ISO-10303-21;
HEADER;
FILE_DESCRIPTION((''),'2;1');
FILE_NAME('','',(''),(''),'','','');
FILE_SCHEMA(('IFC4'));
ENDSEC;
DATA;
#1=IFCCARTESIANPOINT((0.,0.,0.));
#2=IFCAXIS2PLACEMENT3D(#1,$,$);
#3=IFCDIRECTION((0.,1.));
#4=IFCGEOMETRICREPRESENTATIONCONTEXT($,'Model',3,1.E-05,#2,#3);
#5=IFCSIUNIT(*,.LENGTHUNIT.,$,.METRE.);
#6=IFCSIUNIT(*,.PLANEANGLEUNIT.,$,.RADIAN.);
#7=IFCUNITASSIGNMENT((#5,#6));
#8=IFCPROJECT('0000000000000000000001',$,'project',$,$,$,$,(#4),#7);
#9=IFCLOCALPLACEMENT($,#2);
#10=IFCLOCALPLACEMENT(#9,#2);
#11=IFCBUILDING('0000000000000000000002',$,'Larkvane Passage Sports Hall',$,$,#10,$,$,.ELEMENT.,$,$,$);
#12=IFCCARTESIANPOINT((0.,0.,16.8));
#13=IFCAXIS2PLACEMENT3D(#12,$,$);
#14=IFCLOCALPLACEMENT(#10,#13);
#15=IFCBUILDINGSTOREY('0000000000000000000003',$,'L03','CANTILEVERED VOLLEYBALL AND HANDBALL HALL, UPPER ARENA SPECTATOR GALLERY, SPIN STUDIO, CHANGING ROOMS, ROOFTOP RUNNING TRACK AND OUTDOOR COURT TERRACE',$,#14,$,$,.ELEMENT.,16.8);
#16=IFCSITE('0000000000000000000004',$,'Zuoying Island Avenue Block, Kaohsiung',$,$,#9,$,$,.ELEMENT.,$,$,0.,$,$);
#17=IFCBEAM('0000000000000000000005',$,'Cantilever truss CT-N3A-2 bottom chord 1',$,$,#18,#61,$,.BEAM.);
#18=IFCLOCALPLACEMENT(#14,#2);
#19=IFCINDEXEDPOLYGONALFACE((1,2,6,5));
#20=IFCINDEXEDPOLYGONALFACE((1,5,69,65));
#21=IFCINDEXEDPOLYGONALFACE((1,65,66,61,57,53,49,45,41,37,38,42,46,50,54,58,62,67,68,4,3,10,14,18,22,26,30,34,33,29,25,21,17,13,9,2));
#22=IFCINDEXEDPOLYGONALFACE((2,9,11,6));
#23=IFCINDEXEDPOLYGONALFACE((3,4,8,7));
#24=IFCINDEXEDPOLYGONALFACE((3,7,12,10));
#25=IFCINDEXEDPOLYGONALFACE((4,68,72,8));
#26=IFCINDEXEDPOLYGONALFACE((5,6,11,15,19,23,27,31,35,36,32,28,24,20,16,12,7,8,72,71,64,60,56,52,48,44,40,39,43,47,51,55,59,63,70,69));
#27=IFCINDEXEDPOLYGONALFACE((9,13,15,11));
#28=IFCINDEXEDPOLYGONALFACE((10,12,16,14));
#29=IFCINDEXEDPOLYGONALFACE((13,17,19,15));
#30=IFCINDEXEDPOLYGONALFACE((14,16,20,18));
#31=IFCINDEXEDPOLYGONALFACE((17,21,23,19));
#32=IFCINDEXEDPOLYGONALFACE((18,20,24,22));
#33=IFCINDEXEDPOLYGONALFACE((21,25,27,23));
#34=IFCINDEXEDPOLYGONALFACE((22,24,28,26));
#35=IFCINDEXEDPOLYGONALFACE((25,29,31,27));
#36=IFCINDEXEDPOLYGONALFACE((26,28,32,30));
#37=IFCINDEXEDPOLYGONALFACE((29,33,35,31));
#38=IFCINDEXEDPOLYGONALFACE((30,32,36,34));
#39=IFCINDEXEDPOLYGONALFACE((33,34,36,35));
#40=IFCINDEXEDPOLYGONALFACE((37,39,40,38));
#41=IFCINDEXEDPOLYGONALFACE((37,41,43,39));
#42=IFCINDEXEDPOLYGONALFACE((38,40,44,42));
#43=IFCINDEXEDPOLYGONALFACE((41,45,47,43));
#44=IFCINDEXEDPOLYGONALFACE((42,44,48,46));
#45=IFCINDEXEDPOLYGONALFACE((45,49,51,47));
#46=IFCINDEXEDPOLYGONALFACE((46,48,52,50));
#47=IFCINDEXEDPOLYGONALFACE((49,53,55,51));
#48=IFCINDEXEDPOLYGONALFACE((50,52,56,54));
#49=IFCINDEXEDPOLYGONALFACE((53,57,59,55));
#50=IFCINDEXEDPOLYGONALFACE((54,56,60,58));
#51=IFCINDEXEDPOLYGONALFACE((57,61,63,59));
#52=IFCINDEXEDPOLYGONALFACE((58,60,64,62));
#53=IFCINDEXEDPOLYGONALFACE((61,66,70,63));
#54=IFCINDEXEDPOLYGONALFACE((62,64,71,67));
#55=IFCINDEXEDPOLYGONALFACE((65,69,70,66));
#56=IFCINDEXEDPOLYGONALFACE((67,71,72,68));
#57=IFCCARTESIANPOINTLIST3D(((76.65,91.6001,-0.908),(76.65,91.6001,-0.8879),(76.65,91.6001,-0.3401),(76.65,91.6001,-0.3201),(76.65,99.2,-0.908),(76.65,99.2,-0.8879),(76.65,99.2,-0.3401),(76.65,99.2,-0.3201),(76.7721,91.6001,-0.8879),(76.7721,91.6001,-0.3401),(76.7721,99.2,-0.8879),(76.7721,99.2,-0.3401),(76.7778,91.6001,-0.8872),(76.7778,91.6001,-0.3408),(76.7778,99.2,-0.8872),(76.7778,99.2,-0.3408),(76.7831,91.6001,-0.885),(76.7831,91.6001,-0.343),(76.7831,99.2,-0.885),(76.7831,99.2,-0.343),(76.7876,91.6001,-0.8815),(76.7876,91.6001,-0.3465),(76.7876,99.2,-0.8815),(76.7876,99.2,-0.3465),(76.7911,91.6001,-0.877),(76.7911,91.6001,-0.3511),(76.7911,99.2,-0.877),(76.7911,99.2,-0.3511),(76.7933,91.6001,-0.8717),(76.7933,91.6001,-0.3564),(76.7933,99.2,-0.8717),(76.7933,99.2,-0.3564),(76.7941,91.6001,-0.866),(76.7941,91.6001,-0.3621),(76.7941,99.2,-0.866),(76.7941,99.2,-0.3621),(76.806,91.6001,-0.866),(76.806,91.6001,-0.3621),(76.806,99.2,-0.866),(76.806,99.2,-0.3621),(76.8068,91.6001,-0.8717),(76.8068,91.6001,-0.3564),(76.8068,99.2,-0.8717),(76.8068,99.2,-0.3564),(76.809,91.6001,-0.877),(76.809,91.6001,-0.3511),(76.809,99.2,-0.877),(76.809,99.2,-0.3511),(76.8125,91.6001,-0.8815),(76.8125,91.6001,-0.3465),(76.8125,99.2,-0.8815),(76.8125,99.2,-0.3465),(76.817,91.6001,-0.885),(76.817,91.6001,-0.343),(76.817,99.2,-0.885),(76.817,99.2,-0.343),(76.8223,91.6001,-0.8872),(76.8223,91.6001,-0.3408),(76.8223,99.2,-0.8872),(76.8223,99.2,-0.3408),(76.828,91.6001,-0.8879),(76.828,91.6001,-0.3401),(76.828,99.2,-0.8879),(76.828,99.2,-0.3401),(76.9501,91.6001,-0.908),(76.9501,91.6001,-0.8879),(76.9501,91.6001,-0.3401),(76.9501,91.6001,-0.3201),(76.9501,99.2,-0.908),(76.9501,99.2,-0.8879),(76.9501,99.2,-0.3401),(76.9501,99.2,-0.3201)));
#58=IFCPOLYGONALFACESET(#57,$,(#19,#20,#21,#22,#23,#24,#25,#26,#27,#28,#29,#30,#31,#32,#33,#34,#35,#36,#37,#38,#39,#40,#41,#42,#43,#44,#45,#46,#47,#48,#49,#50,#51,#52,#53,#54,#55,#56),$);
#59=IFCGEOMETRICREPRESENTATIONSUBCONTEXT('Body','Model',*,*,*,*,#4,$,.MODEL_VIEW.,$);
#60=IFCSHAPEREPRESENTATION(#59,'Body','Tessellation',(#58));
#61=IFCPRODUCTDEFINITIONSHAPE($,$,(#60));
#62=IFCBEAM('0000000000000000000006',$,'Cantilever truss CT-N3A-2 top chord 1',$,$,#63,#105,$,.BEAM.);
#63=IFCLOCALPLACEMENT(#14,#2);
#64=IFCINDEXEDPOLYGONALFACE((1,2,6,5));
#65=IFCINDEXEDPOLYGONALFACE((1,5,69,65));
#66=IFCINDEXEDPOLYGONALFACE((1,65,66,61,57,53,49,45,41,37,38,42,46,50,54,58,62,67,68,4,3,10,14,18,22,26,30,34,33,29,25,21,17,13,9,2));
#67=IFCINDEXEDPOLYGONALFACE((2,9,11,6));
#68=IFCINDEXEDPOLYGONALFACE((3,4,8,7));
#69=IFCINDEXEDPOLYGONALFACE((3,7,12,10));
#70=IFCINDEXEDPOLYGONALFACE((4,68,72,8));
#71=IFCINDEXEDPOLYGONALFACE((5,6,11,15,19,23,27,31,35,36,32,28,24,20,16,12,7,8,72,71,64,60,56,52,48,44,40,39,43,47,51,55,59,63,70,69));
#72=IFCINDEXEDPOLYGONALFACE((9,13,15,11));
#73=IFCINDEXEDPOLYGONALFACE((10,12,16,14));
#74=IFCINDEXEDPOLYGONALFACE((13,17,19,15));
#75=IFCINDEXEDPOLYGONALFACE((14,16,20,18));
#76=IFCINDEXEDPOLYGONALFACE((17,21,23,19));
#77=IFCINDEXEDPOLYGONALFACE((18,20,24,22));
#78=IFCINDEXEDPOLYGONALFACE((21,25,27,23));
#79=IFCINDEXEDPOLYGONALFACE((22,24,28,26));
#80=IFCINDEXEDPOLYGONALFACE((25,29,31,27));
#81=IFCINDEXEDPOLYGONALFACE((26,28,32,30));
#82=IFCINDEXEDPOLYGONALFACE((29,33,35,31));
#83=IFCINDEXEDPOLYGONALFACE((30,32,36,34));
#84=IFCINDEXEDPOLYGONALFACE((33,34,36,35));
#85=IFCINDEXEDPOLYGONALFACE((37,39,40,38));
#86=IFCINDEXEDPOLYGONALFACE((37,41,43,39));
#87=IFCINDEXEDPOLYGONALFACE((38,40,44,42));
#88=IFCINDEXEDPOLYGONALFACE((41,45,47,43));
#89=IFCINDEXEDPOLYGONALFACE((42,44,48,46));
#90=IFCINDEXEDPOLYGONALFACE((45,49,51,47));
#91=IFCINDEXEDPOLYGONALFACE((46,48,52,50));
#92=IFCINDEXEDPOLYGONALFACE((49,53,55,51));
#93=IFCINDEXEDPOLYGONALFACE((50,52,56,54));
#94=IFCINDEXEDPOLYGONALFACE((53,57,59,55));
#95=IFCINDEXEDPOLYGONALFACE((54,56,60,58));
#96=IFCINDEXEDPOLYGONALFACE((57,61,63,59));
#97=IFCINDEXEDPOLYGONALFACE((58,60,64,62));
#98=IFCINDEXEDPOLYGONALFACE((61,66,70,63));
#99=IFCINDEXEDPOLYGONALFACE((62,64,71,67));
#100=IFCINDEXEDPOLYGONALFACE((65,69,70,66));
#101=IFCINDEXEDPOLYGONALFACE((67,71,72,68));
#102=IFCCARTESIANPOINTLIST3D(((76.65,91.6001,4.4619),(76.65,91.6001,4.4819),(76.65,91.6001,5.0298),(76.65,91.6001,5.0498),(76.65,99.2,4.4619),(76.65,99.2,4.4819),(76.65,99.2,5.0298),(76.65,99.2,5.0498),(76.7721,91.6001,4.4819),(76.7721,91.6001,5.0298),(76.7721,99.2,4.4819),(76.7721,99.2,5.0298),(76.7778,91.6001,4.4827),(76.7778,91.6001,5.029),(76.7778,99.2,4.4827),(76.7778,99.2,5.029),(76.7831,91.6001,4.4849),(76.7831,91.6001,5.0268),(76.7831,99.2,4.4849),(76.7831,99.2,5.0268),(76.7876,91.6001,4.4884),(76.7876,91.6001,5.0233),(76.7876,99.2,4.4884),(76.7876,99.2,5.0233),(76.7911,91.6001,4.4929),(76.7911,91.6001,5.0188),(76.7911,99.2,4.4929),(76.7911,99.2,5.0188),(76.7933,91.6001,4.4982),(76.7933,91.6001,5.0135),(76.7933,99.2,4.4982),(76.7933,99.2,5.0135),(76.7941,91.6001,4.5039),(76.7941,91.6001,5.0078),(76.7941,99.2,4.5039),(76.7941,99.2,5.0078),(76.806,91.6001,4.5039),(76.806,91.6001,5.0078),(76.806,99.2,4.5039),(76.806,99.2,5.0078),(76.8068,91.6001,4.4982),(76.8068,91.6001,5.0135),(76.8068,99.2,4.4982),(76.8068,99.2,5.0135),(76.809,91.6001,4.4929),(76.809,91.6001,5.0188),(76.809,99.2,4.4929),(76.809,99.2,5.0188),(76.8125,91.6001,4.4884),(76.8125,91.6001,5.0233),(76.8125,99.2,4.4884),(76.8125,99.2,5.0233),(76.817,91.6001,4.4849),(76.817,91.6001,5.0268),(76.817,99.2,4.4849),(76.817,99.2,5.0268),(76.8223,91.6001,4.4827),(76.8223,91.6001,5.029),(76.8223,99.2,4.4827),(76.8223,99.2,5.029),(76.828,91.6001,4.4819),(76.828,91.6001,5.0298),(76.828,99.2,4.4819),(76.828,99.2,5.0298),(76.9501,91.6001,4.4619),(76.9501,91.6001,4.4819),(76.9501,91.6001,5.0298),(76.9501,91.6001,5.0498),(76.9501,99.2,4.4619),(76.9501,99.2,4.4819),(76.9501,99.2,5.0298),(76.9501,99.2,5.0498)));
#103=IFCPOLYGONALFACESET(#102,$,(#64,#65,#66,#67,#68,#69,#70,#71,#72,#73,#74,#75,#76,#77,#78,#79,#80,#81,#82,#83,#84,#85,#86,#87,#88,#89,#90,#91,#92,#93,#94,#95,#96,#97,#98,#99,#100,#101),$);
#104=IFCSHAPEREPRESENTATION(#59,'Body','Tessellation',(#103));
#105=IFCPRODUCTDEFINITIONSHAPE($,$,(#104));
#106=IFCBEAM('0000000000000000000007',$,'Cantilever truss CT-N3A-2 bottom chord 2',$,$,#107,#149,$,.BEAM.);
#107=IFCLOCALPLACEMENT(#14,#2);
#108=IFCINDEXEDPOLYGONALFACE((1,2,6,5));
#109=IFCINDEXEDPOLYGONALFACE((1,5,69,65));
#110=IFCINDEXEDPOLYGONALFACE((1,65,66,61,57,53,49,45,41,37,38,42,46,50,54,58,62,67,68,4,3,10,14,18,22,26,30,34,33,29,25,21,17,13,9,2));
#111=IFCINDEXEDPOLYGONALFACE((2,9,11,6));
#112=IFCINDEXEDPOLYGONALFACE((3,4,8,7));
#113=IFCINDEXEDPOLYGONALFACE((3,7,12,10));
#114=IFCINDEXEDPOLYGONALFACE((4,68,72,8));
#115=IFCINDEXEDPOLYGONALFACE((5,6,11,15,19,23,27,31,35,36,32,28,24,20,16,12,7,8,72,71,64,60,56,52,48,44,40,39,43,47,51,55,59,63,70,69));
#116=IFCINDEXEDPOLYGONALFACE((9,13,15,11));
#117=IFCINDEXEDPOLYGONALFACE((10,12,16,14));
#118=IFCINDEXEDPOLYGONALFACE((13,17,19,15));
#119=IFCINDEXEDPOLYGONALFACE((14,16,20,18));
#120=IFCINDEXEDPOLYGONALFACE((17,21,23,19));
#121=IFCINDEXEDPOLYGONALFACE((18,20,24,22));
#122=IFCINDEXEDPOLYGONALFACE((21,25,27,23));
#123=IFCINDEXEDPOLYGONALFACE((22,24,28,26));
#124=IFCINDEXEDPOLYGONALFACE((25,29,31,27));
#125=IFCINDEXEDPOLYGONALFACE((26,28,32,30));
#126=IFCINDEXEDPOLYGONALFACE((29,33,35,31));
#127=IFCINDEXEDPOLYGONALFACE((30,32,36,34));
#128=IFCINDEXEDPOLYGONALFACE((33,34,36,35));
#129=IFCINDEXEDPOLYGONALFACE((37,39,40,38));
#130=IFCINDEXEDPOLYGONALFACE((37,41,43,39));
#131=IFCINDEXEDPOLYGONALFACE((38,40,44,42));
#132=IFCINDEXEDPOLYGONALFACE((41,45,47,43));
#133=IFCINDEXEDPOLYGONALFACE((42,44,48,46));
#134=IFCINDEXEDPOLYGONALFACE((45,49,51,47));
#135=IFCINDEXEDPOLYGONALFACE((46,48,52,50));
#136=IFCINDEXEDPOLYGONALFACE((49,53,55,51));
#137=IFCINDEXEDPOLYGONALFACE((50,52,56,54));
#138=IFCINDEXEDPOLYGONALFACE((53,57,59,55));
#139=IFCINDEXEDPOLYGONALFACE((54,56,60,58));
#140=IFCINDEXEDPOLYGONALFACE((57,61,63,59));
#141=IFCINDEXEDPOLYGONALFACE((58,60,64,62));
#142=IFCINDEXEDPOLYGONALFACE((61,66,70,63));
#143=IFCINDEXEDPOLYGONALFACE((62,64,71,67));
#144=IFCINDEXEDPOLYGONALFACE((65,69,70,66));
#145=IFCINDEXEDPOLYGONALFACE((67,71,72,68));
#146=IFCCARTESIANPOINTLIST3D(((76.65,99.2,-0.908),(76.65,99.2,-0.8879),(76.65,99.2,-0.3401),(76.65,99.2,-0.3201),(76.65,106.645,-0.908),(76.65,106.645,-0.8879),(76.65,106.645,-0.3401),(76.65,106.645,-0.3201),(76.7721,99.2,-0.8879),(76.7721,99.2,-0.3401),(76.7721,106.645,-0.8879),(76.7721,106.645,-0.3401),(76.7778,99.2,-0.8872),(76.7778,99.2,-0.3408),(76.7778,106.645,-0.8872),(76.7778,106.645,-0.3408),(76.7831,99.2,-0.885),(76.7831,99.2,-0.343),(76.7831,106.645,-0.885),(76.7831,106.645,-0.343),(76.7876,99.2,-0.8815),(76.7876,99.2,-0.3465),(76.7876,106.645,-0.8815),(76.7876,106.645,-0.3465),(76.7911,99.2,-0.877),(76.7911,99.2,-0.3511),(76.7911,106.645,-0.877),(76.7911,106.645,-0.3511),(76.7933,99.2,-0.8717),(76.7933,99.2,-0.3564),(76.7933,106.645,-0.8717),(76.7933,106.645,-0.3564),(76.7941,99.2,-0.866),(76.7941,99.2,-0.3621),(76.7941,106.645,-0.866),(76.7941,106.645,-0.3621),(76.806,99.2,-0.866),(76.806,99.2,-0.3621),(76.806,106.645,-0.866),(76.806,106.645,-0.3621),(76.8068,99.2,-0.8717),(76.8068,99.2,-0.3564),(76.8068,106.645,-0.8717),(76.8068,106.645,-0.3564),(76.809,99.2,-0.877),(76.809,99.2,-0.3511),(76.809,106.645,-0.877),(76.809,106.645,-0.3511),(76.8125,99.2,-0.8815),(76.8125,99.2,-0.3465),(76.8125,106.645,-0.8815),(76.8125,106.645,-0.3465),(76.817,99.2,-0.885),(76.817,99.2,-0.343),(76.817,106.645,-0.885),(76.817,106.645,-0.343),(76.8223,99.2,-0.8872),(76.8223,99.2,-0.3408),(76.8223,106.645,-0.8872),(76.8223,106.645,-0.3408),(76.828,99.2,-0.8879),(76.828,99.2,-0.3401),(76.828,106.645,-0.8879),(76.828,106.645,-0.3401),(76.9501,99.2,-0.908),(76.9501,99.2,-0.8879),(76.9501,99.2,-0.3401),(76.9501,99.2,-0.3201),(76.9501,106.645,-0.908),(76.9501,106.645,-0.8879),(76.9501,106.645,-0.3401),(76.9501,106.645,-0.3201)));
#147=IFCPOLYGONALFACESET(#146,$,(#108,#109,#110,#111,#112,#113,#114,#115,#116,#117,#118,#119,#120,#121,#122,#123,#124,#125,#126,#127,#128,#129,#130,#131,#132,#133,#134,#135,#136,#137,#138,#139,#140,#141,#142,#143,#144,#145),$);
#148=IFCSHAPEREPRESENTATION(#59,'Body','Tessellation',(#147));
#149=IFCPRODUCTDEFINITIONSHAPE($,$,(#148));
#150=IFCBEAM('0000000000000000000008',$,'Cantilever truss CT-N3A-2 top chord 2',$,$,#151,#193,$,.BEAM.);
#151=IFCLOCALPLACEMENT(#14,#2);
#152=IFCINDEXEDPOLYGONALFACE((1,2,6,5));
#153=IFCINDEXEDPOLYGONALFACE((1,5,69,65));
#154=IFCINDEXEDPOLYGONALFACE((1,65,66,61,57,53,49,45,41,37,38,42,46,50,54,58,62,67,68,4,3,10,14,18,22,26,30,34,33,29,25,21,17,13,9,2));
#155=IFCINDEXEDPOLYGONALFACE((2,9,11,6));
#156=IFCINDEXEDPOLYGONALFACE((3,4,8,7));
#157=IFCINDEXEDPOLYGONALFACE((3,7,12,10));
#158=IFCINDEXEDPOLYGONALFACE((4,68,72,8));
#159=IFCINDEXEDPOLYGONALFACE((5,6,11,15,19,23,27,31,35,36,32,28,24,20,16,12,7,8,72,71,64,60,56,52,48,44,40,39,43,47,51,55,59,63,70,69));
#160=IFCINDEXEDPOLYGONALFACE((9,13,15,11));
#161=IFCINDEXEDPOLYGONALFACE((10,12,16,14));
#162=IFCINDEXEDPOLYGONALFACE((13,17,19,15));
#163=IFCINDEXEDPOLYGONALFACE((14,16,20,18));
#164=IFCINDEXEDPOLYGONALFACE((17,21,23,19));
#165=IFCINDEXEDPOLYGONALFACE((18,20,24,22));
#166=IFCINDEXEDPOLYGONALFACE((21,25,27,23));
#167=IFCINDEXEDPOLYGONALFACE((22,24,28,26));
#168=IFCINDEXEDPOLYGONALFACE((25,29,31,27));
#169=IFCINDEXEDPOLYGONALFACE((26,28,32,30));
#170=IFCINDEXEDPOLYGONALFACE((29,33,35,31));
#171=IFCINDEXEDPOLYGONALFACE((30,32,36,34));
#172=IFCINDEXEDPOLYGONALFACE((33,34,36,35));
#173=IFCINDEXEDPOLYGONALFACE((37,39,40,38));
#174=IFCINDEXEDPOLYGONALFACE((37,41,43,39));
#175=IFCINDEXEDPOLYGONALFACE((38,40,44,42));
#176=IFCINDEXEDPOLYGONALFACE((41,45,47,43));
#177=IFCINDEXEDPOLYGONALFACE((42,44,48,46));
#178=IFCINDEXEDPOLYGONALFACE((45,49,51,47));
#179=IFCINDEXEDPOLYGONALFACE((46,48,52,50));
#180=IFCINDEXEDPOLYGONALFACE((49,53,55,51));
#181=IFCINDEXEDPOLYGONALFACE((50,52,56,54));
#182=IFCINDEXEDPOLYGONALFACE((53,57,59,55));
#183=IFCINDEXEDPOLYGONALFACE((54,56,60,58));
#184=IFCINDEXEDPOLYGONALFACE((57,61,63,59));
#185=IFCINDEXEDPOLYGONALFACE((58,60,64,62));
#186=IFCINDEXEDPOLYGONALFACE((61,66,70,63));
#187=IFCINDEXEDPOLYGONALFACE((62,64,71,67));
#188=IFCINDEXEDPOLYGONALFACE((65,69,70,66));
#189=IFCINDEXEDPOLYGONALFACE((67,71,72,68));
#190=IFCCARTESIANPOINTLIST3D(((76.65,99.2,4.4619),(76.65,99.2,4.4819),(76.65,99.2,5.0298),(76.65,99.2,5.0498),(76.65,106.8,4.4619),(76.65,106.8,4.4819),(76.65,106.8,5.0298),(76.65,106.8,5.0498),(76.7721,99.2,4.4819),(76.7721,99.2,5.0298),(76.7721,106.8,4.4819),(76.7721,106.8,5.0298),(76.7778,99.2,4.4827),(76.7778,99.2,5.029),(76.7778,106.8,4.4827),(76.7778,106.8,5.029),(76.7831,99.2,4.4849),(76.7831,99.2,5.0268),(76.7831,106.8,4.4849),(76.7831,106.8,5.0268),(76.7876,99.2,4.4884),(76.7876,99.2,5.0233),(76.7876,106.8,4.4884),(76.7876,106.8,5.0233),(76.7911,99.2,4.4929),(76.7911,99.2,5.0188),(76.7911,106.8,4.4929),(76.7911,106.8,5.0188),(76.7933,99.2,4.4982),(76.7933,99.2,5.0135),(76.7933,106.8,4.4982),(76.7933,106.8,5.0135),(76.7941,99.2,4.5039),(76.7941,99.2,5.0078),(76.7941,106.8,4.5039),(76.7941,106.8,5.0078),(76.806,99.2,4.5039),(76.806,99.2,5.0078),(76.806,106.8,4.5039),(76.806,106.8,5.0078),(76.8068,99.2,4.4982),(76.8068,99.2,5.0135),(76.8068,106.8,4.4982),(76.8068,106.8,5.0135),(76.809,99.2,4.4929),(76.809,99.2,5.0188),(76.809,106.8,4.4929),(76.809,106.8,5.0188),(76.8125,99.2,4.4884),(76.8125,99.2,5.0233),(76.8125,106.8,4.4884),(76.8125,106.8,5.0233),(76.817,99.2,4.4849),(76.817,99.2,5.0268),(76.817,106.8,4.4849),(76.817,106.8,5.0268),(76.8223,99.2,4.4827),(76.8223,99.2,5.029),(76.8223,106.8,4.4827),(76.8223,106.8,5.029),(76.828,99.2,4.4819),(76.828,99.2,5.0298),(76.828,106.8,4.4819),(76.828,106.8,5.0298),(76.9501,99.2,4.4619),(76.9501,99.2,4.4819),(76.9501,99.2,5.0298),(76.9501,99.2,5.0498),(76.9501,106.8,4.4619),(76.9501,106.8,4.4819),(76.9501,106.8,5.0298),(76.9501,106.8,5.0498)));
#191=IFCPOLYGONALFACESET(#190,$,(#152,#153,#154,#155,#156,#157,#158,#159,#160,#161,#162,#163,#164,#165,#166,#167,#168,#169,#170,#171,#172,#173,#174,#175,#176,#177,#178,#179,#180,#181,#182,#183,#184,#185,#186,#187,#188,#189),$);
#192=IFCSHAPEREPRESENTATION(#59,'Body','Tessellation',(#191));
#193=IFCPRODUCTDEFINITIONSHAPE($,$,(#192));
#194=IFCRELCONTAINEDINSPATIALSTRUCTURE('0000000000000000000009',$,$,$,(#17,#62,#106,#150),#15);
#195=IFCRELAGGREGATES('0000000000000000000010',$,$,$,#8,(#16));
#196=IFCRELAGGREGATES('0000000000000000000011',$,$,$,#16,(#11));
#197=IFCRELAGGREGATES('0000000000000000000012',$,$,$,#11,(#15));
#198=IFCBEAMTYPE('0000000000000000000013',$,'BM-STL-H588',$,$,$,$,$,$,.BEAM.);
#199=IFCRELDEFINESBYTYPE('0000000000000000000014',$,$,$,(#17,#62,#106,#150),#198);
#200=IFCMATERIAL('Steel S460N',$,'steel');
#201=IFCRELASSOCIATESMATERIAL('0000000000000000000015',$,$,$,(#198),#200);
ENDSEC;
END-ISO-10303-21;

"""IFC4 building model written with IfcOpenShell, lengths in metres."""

from ifc_helpers import new_model, si_unit, direction, frame, origin, origin_2d, place, context, subcontext, project, spatial, i_section, extrude, material, material_profile, profile_set, type_object, element, save


model = new_model("IFC4")

# Units and contexts
model_context = context("Model", 3, precision=1e-05, world=origin(), true_north=direction((0.0, 1.0)))
body_context = subcontext(model_context, "Body", "Model", "MODEL_VIEW")
ifc_project = project(units=[si_unit("LENGTHUNIT", "METRE"), si_unit("PLANEANGLEUNIT", "RADIAN")], contexts=[model_context])

# Site, building, storey
site_placement = place(None, origin())
site = spatial("IfcSite", under=ifc_project, at=site_placement, Name="Zuoying Island Avenue Block, Kaohsiung", CompositionType="ELEMENT", RefElevation=0.0)
building_placement = place(site_placement, origin())
building = spatial("IfcBuilding", under=site, at=building_placement, Name="Larkvane Passage Sports Hall", CompositionType="ELEMENT")
storey_placement = place(building_placement, frame((0.0, 0.0, 16.8)))
storey = spatial("IfcBuildingStorey", under=building, at=storey_placement, Name="L03", Description="CANTILEVERED VOLLEYBALL AND HANDBALL HALL, UPPER ARENA SPECTATOR GALLERY, SPIN STUDIO, CHANGING ROOMS, ROOFTOP RUNNING TRACK AND OUTDOOR COURT TERRACE", CompositionType="ELEMENT", Elevation=16.8)

# Shared definitions
ifc_material_1 = material(Name="Steel S460N", Category="steel")

# Beams
ifc_material_profile_1 = material_profile(ifc_material_1, i_section(OverallWidth=0.3, OverallDepth=0.5879, WebThickness=0.012, FlangeThickness=0.02, FilletRadius=0.022, at=origin_2d()), Name="H-588x300x12x20")
ifc_profile_set_1 = profile_set([ifc_material_profile_1], Name="Steel S460N")
beam_type_1 = type_object("IfcBeamType", Name="BM-STL-H588", PredefinedType="BEAM", material=ifc_profile_set_1)
for number, where, z_axis, x_axis, name in (
    (1, (76.8, 91.6001, -0.614), (0.0, 1.0, 0.0), (-1.0, 0.0, 0.0), "Cantilever truss CT-N3A-2 bottom chord 1"),
    (2, (76.8, 91.6001, 4.7559), (0.0, 1.0, 0.0), (-1.0, 0.0, 0.0), "Cantilever truss CT-N3A-2 top chord 1"),
):
    element("IfcBeam", number, at=place(storey_placement, frame(where, z_axis=z_axis, x_axis=x_axis)), inside=storey, type_object=beam_type_1, Name=name, PredefinedType="BEAM", context=body_context, shape_type="SweptSolid", body=[
        extrude(i_section(OverallWidth=0.3, OverallDepth=0.5879, WebThickness=0.012, FlangeThickness=0.02, FilletRadius=0.022, at=origin_2d()), origin(), (0.0, 0.0, 1.0), 7.5999),
    ])
beam_1_placement = place(storey_placement, frame((76.8, 99.2, -0.614), z_axis=(0.0, 1.0, 0.0), x_axis=(-1.0, 0.0, 0.0)))
element("IfcBeam", 3, at=beam_1_placement, inside=storey, type_object=beam_type_1, Name="Cantilever truss CT-N3A-2 bottom chord 2", PredefinedType="BEAM", context=body_context, shape_type="SweptSolid", body=[
    extrude(i_section(OverallWidth=0.3, OverallDepth=0.5879, WebThickness=0.012, FlangeThickness=0.02, FilletRadius=0.022, at=origin_2d()), origin(), (0.0, 0.0, 1.0), 7.4451),
])
beam_2_placement = place(storey_placement, frame((76.8, 99.2, 4.7559), z_axis=(0.0, 1.0, 0.0), x_axis=(-1.0, 0.0, 0.0)))
element("IfcBeam", 4, at=beam_2_placement, inside=storey, type_object=beam_type_1, Name="Cantilever truss CT-N3A-2 top chord 2", PredefinedType="BEAM", context=body_context, shape_type="SweptSolid", body=[
    extrude(i_section(OverallWidth=0.3, OverallDepth=0.5879, WebThickness=0.012, FlangeThickness=0.02, FilletRadius=0.022, at=origin_2d()), origin(), (0.0, 0.0, 1.0), 7.6001),
])

save(model, "model.ifc")
